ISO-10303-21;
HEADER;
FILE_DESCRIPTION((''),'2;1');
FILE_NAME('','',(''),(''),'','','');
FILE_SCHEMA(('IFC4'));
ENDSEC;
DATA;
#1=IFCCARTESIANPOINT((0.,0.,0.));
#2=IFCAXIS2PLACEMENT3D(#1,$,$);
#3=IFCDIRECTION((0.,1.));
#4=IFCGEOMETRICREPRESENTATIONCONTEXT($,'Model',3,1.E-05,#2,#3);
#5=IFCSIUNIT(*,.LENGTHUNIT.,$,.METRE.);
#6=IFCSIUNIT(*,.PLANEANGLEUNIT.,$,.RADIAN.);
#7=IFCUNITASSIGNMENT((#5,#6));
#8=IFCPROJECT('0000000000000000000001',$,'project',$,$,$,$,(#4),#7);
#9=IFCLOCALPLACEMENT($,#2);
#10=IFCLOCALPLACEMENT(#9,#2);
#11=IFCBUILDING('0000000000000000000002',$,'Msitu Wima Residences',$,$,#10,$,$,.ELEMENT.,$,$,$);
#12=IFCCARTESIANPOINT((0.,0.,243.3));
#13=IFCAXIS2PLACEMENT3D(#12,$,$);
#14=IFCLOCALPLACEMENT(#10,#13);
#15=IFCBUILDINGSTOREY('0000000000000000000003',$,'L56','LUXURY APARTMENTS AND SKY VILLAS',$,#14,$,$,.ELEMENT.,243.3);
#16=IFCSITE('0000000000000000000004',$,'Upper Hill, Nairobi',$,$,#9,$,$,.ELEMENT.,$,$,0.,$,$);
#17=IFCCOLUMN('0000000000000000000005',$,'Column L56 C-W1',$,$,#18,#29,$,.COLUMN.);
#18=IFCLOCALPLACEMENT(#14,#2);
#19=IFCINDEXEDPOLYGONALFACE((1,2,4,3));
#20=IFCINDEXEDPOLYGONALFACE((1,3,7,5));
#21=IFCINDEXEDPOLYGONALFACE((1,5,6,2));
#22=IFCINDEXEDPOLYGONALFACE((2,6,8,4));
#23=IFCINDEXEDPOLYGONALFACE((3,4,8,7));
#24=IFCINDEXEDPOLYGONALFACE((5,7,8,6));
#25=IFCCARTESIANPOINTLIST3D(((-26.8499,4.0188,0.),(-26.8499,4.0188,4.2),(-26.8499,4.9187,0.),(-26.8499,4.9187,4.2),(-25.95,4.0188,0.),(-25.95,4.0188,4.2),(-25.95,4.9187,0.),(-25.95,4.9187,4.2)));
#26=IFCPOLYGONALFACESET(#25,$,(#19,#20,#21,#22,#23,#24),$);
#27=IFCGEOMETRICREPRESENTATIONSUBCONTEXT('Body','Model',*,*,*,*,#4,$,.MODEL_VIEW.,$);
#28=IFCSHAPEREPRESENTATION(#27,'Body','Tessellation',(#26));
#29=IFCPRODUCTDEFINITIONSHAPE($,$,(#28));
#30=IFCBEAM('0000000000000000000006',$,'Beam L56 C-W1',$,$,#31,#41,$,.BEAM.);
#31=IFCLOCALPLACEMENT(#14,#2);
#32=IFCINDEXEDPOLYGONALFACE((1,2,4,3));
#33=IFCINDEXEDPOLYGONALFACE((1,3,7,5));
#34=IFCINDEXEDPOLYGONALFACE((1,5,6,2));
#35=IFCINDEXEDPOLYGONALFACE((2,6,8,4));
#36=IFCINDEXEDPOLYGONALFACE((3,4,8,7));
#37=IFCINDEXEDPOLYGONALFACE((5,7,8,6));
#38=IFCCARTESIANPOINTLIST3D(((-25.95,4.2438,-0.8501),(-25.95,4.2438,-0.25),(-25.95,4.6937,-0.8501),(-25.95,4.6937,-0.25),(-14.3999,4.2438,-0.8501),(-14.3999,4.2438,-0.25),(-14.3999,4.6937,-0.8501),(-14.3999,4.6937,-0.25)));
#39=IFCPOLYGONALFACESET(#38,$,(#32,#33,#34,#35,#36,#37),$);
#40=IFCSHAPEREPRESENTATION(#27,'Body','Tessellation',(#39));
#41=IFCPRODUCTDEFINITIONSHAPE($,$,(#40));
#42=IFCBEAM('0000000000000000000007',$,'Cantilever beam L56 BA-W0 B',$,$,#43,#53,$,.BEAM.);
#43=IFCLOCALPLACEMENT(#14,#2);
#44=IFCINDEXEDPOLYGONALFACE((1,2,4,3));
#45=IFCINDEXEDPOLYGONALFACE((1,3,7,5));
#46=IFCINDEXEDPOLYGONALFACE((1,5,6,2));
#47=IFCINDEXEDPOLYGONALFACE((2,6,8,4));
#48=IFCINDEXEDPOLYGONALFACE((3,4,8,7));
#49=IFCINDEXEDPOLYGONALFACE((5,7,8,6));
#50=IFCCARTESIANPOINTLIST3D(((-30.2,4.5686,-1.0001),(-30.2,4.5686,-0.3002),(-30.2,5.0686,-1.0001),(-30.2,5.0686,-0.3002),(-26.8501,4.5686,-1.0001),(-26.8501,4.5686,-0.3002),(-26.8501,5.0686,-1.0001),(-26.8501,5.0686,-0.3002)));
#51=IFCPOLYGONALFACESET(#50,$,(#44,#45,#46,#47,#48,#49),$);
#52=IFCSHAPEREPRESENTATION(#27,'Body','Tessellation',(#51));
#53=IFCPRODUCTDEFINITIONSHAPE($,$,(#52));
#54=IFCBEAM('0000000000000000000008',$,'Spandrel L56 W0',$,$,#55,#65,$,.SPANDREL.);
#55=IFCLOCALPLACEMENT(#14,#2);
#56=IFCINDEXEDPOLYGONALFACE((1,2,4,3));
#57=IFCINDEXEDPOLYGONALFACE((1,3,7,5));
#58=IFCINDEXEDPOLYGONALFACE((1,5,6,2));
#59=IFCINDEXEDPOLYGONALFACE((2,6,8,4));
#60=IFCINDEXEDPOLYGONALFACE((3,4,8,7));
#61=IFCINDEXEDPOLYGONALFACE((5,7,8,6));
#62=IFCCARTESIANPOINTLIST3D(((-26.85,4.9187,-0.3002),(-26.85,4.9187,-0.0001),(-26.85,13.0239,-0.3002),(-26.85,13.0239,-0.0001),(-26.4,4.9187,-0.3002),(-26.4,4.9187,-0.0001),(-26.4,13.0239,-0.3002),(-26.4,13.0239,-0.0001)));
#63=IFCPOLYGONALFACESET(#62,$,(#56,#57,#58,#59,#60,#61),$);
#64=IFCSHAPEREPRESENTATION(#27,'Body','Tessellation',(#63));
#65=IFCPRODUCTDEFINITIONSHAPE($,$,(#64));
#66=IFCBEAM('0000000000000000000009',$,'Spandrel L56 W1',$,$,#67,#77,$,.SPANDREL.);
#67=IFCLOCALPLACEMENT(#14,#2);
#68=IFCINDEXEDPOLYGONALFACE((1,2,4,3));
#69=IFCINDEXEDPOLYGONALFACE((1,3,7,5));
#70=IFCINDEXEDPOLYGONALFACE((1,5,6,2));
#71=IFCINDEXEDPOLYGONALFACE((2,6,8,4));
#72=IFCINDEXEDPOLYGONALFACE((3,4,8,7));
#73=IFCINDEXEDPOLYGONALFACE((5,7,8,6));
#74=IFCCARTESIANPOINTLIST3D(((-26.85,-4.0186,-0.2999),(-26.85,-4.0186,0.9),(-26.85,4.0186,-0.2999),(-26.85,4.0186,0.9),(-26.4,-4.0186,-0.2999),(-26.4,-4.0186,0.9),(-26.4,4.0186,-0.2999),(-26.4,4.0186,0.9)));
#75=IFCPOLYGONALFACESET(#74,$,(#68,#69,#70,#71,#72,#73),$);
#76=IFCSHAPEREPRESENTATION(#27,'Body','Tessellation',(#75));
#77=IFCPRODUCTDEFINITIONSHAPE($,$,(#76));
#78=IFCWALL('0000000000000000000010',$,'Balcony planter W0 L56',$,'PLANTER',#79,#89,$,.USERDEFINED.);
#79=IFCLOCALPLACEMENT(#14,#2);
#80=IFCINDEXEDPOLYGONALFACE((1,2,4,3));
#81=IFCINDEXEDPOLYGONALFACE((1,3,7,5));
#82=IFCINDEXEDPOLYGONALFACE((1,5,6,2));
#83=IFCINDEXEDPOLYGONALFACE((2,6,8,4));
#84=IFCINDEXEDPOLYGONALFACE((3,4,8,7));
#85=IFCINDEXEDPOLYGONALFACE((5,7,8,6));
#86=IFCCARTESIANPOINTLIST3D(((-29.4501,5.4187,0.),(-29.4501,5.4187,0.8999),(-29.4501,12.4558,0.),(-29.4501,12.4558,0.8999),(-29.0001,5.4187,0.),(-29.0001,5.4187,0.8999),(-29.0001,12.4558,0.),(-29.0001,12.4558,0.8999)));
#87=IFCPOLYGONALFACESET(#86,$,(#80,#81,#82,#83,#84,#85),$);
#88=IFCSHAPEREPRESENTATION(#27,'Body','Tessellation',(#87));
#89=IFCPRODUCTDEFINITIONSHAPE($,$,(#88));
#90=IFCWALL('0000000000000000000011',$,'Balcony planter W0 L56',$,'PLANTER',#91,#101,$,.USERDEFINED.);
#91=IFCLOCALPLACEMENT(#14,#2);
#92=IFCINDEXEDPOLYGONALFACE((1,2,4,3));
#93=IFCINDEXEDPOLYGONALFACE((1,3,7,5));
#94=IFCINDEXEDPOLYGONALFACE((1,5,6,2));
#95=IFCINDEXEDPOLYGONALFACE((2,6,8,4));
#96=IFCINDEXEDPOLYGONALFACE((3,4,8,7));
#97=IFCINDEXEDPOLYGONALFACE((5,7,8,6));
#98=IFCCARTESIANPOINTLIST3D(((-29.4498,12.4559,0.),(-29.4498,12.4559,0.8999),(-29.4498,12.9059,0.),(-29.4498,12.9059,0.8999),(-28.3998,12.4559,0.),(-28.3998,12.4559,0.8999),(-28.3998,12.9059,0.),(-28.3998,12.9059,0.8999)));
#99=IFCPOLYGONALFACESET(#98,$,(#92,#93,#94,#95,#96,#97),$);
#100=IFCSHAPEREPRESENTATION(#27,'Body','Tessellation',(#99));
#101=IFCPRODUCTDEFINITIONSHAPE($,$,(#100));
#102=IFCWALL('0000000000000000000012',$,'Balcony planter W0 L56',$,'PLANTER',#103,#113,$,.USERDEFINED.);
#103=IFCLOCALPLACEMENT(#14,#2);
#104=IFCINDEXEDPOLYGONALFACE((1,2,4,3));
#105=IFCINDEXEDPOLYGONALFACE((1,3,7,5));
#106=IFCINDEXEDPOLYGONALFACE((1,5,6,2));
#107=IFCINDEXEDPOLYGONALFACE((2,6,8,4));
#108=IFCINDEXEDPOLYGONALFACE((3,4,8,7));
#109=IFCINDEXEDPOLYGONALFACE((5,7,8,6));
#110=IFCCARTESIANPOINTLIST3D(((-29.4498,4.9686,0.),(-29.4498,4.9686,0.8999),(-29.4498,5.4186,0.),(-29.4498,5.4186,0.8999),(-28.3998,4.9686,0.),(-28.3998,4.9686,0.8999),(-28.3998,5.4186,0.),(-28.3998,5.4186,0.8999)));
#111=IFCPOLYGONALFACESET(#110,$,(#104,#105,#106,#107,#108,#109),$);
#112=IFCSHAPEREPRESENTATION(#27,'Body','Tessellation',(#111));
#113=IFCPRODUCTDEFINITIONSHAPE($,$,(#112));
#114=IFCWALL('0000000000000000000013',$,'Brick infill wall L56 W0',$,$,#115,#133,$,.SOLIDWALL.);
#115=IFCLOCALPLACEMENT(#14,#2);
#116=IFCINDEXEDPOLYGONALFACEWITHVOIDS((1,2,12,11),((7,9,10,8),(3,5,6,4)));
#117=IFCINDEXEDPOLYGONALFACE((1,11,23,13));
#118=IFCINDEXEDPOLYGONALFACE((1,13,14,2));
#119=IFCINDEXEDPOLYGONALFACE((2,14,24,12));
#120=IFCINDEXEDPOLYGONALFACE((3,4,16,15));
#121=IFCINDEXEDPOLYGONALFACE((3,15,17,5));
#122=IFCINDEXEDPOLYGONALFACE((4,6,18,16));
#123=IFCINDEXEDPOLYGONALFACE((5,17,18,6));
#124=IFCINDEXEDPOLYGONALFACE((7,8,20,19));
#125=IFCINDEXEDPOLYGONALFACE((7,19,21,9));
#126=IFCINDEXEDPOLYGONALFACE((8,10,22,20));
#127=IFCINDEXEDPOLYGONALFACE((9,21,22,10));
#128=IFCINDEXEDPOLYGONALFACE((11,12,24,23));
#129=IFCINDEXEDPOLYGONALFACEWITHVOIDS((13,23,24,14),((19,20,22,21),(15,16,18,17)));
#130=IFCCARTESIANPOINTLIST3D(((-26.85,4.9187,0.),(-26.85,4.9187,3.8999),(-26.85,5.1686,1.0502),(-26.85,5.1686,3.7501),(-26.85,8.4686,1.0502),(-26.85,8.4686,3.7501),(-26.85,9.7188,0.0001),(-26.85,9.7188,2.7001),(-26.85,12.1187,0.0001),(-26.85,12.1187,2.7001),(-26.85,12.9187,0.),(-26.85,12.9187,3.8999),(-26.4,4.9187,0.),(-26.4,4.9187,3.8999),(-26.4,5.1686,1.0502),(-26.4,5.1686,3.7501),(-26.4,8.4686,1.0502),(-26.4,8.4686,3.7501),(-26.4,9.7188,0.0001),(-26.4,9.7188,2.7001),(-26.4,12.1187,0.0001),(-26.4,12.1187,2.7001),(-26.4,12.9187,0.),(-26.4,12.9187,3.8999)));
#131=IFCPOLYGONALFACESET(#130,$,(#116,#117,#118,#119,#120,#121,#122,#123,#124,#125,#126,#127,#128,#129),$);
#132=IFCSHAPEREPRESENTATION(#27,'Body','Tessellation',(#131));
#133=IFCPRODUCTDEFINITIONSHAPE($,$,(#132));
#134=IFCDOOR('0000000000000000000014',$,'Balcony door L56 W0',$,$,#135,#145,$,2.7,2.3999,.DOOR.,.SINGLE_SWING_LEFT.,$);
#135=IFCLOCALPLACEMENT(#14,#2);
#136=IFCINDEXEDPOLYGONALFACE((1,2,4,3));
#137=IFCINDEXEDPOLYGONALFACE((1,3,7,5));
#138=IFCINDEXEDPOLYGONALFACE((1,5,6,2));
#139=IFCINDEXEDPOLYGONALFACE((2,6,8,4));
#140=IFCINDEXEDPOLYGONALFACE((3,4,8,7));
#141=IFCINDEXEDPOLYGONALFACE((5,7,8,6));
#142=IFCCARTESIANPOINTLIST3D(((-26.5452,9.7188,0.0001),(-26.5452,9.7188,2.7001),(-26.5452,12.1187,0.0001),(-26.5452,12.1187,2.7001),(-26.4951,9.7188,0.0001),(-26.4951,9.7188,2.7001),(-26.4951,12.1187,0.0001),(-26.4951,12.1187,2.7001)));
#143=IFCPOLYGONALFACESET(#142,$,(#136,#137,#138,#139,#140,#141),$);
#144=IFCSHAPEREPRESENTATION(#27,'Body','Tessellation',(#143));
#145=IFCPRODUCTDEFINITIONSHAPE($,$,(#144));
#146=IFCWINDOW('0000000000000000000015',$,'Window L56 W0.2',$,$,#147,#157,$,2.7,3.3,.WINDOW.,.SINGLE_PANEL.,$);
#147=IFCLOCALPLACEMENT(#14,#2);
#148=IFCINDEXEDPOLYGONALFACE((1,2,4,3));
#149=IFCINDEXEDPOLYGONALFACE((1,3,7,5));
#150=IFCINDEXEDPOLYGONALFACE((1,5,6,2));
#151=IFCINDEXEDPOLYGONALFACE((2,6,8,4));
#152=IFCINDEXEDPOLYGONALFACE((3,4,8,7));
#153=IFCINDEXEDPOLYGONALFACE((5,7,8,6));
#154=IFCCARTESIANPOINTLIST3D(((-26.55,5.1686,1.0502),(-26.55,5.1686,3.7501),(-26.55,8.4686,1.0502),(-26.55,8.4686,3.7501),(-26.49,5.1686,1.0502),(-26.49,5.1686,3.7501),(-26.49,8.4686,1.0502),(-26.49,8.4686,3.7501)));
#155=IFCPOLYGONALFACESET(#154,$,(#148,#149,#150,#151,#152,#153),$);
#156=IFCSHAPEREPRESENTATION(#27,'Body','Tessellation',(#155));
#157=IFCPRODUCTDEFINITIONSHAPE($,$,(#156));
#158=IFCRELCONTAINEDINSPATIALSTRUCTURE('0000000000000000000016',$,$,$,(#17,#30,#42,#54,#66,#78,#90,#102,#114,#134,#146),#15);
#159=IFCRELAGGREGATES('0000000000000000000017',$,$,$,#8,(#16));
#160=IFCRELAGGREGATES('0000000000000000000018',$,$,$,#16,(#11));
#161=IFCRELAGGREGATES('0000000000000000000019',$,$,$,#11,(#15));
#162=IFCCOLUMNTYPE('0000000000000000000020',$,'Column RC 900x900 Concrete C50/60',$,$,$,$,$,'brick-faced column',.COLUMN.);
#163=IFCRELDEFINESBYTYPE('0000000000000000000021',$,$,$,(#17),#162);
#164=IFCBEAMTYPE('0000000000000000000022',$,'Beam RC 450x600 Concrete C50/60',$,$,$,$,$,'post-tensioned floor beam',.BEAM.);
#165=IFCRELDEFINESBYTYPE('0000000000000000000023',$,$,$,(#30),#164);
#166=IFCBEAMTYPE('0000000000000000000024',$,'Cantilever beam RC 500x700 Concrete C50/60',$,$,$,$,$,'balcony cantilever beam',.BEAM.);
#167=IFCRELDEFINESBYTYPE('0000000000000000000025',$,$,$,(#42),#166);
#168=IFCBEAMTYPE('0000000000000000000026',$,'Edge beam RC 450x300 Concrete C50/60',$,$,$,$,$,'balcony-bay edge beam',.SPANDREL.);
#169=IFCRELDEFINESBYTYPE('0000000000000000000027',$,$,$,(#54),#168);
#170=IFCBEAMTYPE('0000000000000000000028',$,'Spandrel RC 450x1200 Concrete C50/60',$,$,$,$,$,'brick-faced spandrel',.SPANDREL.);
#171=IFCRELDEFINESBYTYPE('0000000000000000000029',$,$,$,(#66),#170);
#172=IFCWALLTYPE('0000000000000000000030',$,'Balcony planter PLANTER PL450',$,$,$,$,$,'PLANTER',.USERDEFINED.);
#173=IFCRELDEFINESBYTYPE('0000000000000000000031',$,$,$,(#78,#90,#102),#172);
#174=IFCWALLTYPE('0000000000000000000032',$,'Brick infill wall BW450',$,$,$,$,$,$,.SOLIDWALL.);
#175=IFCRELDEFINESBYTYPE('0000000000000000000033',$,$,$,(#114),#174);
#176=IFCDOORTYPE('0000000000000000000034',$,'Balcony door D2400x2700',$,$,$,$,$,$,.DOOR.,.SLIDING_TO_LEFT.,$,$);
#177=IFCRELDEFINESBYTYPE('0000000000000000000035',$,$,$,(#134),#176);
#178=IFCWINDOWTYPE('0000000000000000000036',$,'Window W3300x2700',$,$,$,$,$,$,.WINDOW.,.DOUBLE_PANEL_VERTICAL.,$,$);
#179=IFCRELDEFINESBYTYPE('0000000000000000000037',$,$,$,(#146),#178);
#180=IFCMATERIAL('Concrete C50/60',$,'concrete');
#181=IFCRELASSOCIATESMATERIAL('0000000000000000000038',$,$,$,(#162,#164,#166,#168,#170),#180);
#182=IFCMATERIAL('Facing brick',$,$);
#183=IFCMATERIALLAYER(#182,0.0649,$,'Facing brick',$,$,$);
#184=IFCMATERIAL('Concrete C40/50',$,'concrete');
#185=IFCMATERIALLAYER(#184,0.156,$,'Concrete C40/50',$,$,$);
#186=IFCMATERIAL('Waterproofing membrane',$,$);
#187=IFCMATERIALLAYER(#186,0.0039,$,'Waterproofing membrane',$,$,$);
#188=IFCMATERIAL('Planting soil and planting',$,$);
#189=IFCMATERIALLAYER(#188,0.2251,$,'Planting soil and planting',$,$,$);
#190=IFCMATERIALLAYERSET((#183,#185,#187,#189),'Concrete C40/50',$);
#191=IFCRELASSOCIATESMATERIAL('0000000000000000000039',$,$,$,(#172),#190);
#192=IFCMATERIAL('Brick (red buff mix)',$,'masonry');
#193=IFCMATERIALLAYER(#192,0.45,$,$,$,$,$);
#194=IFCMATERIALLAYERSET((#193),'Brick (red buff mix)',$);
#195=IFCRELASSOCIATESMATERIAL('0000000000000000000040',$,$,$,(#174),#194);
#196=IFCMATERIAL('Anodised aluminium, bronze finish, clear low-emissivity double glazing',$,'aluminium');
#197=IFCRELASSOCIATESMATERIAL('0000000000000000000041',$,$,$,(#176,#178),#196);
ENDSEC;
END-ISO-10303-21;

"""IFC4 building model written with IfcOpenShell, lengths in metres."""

from ifc_helpers import new_model, si_unit, direction, frame, frame_2d, origin, origin_2d, place, context, subcontext, project, spatial, rectangle, extrude, material, layer, layer_set, material_profile, profile_set, type_object, element, fill, save


model = new_model("IFC4")

# Units and contexts
model_context = context("Model", 3, precision=1e-05, world=origin(), true_north=direction((0.0, 1.0)))
body_context = subcontext(model_context, "Body", "Model", "MODEL_VIEW")
ifc_project = project(units=[si_unit("LENGTHUNIT", "METRE"), si_unit("PLANEANGLEUNIT", "RADIAN")], contexts=[model_context])

# Site, building, storey
site_placement = place(None, origin())
site = spatial("IfcSite", under=ifc_project, at=site_placement, Name="Upper Hill, Nairobi", CompositionType="ELEMENT", RefElevation=0.0)
building_placement = place(site_placement, origin())
building = spatial("IfcBuilding", under=site, at=building_placement, Name="Msitu Wima Residences", CompositionType="ELEMENT")
storey_placement = place(building_placement, frame((0.0, 0.0, 243.3)))
storey = spatial("IfcBuildingStorey", under=building, at=storey_placement, Name="L56", Description="LUXURY APARTMENTS AND SKY VILLAS", CompositionType="ELEMENT", Elevation=243.3)

# Column
ifc_material_1 = material(Name="Concrete C50/60", Category="concrete")
ifc_material_profile_1 = material_profile(ifc_material_1, rectangle(XDim=0.8999, YDim=0.8999, at=origin_2d()), Name="RC 900x900")
ifc_profile_set_1 = profile_set([ifc_material_profile_1], Name="Concrete C50/60")
column_type = type_object("IfcColumnType", Name="Column RC 900x900 Concrete C50/60", ElementType="brick-faced column", PredefinedType="COLUMN", material=ifc_profile_set_1)
column_placement = place(storey_placement, frame((-26.3999, 4.4688, 0.0), z_axis=(0.0, 0.0, 1.0), x_axis=(0.0, -1.0, 0.0)))
element("IfcColumn", 1, at=column_placement, inside=storey, type_object=column_type, Name="Column L56 C-W1", PredefinedType="COLUMN", context=body_context, shape_type="SweptSolid", body=[
    extrude(rectangle(XDim=0.8999, YDim=0.8999, at=origin_2d()), origin(), (0.0, 0.0, 1.0), 4.2),
])

# Beams
ifc_material_profile_2 = material_profile(ifc_material_1, rectangle(XDim=0.45, YDim=0.6001, at=origin_2d()), Name="RC 450x600")
ifc_profile_set_2 = profile_set([ifc_material_profile_2], Name="Concrete C50/60")
beam_type_1 = type_object("IfcBeamType", Name="Beam RC 450x600 Concrete C50/60", ElementType="post-tensioned floor beam", PredefinedType="BEAM", material=ifc_profile_set_2)
beam_1_placement = place(storey_placement, frame((-25.95, 4.4688, -0.55), z_axis=(1.0, 0.0, 0.0), x_axis=(0.0, 1.0, 0.0)))
element("IfcBeam", 2, at=beam_1_placement, inside=storey, type_object=beam_type_1, Name="Beam L56 C-W1", PredefinedType="BEAM", context=body_context, shape_type="SweptSolid", body=[
    extrude(rectangle(XDim=0.45, YDim=0.6001, at=origin_2d()), origin(), (0.0, 0.0, 1.0), 11.55),
])
ifc_material_profile_3 = material_profile(ifc_material_1, rectangle(XDim=0.5, YDim=0.7, at=origin_2d()), Name="RC 500x700")
ifc_profile_set_3 = profile_set([ifc_material_profile_3], Name="Concrete C50/60")
beam_type_2 = type_object("IfcBeamType", Name="Cantilever beam RC 500x700 Concrete C50/60", ElementType="balcony cantilever beam", PredefinedType="BEAM", material=ifc_profile_set_3)
beam_2_placement = place(storey_placement, frame((-26.8501, 4.8186, -0.6501), z_axis=(-1.0, 0.0, 0.0), x_axis=(0.0, -1.0, 0.0)))
element("IfcBeam", 3, at=beam_2_placement, inside=storey, type_object=beam_type_2, Name="Cantilever beam L56 BA-W0 B", PredefinedType="BEAM", context=body_context, shape_type="SweptSolid", body=[
    extrude(rectangle(XDim=0.5, YDim=0.7, at=origin_2d()), origin(), (0.0, 0.0, 1.0), 3.3499),
])
ifc_material_profile_4 = material_profile(ifc_material_1, rectangle(XDim=0.45, YDim=0.3, at=origin_2d()), Name="RC 450x300")
ifc_profile_set_4 = profile_set([ifc_material_profile_4], Name="Concrete C50/60")
beam_type_3 = type_object("IfcBeamType", Name="Edge beam RC 450x300 Concrete C50/60", ElementType="balcony-bay edge beam", PredefinedType="SPANDREL", material=ifc_profile_set_4)
beam_3_placement = place(storey_placement, frame((-26.625, 13.0239, -0.1501), z_axis=(0.0, -1.0, 0.0), x_axis=(1.0, 0.0, 0.0)))
element("IfcBeam", 4, at=beam_3_placement, inside=storey, type_object=beam_type_3, Name="Spandrel L56 W0", PredefinedType="SPANDREL", context=body_context, shape_type="SweptSolid", body=[
    extrude(rectangle(XDim=0.45, YDim=0.3, at=origin_2d()), origin(), (0.0, 0.0, 1.0), 8.1052),
])
ifc_material_profile_5 = material_profile(ifc_material_1, rectangle(XDim=0.45, YDim=1.2, at=origin_2d()), Name="RC 450x1200")
ifc_profile_set_5 = profile_set([ifc_material_profile_5], Name="Concrete C50/60")
beam_type_4 = type_object("IfcBeamType", Name="Spandrel RC 450x1200 Concrete C50/60", ElementType="brick-faced spandrel", PredefinedType="SPANDREL", material=ifc_profile_set_5)
beam_4_placement = place(storey_placement, frame((-26.625, 4.0186, 0.3), z_axis=(0.0, -1.0, 0.0), x_axis=(1.0, 0.0, 0.0)))
element("IfcBeam", 5, at=beam_4_placement, inside=storey, type_object=beam_type_4, Name="Spandrel L56 W1", PredefinedType="SPANDREL", context=body_context, shape_type="SweptSolid", body=[
    extrude(rectangle(XDim=0.45, YDim=1.2, at=origin_2d()), origin(), (0.0, 0.0, 1.0), 8.0371),
])

# Walls
ifc_material_2 = material(Name="Facing brick")
ifc_layer_1 = layer(ifc_material_2, 0.0649, Name="Facing brick")
ifc_material_3 = material(Name="Concrete C40/50", Category="concrete")
ifc_layer_2 = layer(ifc_material_3, 0.156, Name="Concrete C40/50")
ifc_material_4 = material(Name="Waterproofing membrane")
ifc_layer_3 = layer(ifc_material_4, 0.0039, Name="Waterproofing membrane")
ifc_material_5 = material(Name="Planting soil and planting")
ifc_layer_4 = layer(ifc_material_5, 0.2251, Name="Planting soil and planting")
ifc_layer_set_1 = layer_set([ifc_layer_1, ifc_layer_2, ifc_layer_3, ifc_layer_4], Name="Concrete C40/50")
wall_type_1 = type_object("IfcWallType", Name="Balcony planter PLANTER PL450", ElementType="PLANTER", PredefinedType="USERDEFINED", material=ifc_layer_set_1)
wall_1_placement = place(storey_placement, frame((-29.2251, 12.4558, 0.0), z_axis=(0.0, 0.0, 1.0), x_axis=(0.0, -1.0, 0.0)))
element("IfcWall", 6, at=wall_1_placement, inside=storey, type_object=wall_type_1, Name="Balcony planter W0 L56", ObjectType="PLANTER", PredefinedType="USERDEFINED", context=body_context, shape_type="SweptSolid", body=[
    extrude(rectangle(XDim=7.0371, YDim=0.45, at=frame_2d((3.5186, 0.0))), origin(), (0.0, 0.0, 1.0), 0.8999),
])
for number, where, z_axis, x_axis, name in (
    (7, (-28.3999, 12.6809, 0.0), (0.0, 0.0, 1.0), (-1.0, 0.0, 0.0), "Balcony planter W0 L56"),
    (8, (-28.3999, 5.1936, 0.0), (0.0, 0.0, 1.0), (-1.0, 0.0, 0.0), "Balcony planter W0 L56"),
):
    element("IfcWall", number, at=place(storey_placement, frame(where, z_axis=z_axis, x_axis=x_axis)), inside=storey, type_object=wall_type_1, Name=name, ObjectType="PLANTER", PredefinedType="USERDEFINED", context=body_context, shape_type="SweptSolid", body=[
        extrude(rectangle(XDim=1.05, YDim=0.45, at=frame_2d((0.5249, 0.0))), origin(), (0.0, 0.0, 1.0), 0.8999),
    ])

# Wall, openings, door, window
ifc_material_6 = material(Name="Brick (red buff mix)", Category="masonry")
ifc_layer_5 = layer(ifc_material_6, 0.45)
ifc_layer_set_2 = layer_set([ifc_layer_5], Name="Brick (red buff mix)")
wall_type_2 = type_object("IfcWallType", Name="Brick infill wall BW450", PredefinedType="SOLIDWALL", material=ifc_layer_set_2)
wall_2_placement = place(storey_placement, frame((-26.625, 12.9187, 0.0), z_axis=(0.0, 0.0, 1.0), x_axis=(0.0, -1.0, 0.0)))
wall_2 = element("IfcWall", 9, at=wall_2_placement, inside=storey, type_object=wall_type_2, Name="Brick infill wall L56 W0", PredefinedType="SOLIDWALL", context=body_context, shape_type="SweptSolid", body=[
    extrude(rectangle(XDim=8.0, YDim=0.45, at=frame_2d((4.0, 0.0))), origin(), (0.0, 0.0, 1.0), 3.8999),
])
opening_1_placement = place(wall_2_placement, frame((0.8, 0.0, 0.0)))
opening_1 = element("IfcOpeningElement", 10, at=opening_1_placement, cuts=wall_2, PredefinedType="OPENING", context=body_context, shape_type="SweptSolid", body=[
    extrude(rectangle(XDim=2.3999, YDim=2.7, at=frame_2d((1.2, 1.3501))), frame((0.0, 0.2349, 0.0), z_axis=(0.0, -1.0, 0.0), x_axis=(1.0, 0.0, 0.0)), (0.0, 0.0, 1.0), 0.47),
])
opening_2_placement = place(wall_2_placement, frame((4.4502, 0.0, 1.05)))
opening_2 = element("IfcOpeningElement", 11, at=opening_2_placement, cuts=wall_2, PredefinedType="OPENING", context=body_context, shape_type="SweptSolid", body=[
    extrude(rectangle(XDim=3.3, YDim=2.7, at=frame_2d((1.6499, 1.3501))), frame((0.0, 0.2349, 0.0), z_axis=(0.0, -1.0, 0.0), x_axis=(1.0, 0.0, 0.0)), (0.0, 0.0, 1.0), 0.47),
])
ifc_material_7 = material(Name="Anodised aluminium, bronze finish, clear low-emissivity double glazing", Category="aluminium")
door_type_1 = type_object("IfcDoorType", Name="Balcony door D2400x2700", OperationType="SLIDING_TO_LEFT", PredefinedType="DOOR", material=ifc_material_7)
door_1_placement = place(opening_1_placement, origin())
door_1 = element("IfcDoor", 12, at=door_1_placement, inside=storey, type_object=door_type_1, Name="Balcony door L56 W0", OperationType="SINGLE_SWING_LEFT", OverallHeight=2.7, OverallWidth=2.3999, PredefinedType="DOOR", context=body_context, shape_type="SweptSolid", body=[
    extrude(rectangle(XDim=2.3999, YDim=2.7, at=frame_2d((1.2, 1.3501))), frame((0.0, 0.1299, 0.0), z_axis=(0.0, -1.0, 0.0), x_axis=(1.0, 0.0, 0.0)), (0.0, 0.0, 1.0), 0.05),
])
fill(opening_1, door_1)
window_type = type_object("IfcWindowType", Name="Window W3300x2700", PartitioningType="DOUBLE_PANEL_VERTICAL", PredefinedType="WINDOW", material=ifc_material_7)
window_1_placement = place(opening_2_placement, origin())
window_1 = element("IfcWindow", 13, at=window_1_placement, inside=storey, type_object=window_type, Name="Window L56 W0.2", OverallHeight=2.7, OverallWidth=3.3, PartitioningType="SINGLE_PANEL", PredefinedType="WINDOW", context=body_context, shape_type="SweptSolid", body=[
    extrude(rectangle(XDim=3.3, YDim=2.7, at=frame_2d((1.6499, 1.3501))), frame((0.0, 0.135, 0.0), z_axis=(0.0, -1.0, 0.0), x_axis=(1.0, 0.0, 0.0)), (0.0, 0.0, 1.0), 0.0601),
])
fill(opening_2, window_1)

save(model, "model.ifc")
